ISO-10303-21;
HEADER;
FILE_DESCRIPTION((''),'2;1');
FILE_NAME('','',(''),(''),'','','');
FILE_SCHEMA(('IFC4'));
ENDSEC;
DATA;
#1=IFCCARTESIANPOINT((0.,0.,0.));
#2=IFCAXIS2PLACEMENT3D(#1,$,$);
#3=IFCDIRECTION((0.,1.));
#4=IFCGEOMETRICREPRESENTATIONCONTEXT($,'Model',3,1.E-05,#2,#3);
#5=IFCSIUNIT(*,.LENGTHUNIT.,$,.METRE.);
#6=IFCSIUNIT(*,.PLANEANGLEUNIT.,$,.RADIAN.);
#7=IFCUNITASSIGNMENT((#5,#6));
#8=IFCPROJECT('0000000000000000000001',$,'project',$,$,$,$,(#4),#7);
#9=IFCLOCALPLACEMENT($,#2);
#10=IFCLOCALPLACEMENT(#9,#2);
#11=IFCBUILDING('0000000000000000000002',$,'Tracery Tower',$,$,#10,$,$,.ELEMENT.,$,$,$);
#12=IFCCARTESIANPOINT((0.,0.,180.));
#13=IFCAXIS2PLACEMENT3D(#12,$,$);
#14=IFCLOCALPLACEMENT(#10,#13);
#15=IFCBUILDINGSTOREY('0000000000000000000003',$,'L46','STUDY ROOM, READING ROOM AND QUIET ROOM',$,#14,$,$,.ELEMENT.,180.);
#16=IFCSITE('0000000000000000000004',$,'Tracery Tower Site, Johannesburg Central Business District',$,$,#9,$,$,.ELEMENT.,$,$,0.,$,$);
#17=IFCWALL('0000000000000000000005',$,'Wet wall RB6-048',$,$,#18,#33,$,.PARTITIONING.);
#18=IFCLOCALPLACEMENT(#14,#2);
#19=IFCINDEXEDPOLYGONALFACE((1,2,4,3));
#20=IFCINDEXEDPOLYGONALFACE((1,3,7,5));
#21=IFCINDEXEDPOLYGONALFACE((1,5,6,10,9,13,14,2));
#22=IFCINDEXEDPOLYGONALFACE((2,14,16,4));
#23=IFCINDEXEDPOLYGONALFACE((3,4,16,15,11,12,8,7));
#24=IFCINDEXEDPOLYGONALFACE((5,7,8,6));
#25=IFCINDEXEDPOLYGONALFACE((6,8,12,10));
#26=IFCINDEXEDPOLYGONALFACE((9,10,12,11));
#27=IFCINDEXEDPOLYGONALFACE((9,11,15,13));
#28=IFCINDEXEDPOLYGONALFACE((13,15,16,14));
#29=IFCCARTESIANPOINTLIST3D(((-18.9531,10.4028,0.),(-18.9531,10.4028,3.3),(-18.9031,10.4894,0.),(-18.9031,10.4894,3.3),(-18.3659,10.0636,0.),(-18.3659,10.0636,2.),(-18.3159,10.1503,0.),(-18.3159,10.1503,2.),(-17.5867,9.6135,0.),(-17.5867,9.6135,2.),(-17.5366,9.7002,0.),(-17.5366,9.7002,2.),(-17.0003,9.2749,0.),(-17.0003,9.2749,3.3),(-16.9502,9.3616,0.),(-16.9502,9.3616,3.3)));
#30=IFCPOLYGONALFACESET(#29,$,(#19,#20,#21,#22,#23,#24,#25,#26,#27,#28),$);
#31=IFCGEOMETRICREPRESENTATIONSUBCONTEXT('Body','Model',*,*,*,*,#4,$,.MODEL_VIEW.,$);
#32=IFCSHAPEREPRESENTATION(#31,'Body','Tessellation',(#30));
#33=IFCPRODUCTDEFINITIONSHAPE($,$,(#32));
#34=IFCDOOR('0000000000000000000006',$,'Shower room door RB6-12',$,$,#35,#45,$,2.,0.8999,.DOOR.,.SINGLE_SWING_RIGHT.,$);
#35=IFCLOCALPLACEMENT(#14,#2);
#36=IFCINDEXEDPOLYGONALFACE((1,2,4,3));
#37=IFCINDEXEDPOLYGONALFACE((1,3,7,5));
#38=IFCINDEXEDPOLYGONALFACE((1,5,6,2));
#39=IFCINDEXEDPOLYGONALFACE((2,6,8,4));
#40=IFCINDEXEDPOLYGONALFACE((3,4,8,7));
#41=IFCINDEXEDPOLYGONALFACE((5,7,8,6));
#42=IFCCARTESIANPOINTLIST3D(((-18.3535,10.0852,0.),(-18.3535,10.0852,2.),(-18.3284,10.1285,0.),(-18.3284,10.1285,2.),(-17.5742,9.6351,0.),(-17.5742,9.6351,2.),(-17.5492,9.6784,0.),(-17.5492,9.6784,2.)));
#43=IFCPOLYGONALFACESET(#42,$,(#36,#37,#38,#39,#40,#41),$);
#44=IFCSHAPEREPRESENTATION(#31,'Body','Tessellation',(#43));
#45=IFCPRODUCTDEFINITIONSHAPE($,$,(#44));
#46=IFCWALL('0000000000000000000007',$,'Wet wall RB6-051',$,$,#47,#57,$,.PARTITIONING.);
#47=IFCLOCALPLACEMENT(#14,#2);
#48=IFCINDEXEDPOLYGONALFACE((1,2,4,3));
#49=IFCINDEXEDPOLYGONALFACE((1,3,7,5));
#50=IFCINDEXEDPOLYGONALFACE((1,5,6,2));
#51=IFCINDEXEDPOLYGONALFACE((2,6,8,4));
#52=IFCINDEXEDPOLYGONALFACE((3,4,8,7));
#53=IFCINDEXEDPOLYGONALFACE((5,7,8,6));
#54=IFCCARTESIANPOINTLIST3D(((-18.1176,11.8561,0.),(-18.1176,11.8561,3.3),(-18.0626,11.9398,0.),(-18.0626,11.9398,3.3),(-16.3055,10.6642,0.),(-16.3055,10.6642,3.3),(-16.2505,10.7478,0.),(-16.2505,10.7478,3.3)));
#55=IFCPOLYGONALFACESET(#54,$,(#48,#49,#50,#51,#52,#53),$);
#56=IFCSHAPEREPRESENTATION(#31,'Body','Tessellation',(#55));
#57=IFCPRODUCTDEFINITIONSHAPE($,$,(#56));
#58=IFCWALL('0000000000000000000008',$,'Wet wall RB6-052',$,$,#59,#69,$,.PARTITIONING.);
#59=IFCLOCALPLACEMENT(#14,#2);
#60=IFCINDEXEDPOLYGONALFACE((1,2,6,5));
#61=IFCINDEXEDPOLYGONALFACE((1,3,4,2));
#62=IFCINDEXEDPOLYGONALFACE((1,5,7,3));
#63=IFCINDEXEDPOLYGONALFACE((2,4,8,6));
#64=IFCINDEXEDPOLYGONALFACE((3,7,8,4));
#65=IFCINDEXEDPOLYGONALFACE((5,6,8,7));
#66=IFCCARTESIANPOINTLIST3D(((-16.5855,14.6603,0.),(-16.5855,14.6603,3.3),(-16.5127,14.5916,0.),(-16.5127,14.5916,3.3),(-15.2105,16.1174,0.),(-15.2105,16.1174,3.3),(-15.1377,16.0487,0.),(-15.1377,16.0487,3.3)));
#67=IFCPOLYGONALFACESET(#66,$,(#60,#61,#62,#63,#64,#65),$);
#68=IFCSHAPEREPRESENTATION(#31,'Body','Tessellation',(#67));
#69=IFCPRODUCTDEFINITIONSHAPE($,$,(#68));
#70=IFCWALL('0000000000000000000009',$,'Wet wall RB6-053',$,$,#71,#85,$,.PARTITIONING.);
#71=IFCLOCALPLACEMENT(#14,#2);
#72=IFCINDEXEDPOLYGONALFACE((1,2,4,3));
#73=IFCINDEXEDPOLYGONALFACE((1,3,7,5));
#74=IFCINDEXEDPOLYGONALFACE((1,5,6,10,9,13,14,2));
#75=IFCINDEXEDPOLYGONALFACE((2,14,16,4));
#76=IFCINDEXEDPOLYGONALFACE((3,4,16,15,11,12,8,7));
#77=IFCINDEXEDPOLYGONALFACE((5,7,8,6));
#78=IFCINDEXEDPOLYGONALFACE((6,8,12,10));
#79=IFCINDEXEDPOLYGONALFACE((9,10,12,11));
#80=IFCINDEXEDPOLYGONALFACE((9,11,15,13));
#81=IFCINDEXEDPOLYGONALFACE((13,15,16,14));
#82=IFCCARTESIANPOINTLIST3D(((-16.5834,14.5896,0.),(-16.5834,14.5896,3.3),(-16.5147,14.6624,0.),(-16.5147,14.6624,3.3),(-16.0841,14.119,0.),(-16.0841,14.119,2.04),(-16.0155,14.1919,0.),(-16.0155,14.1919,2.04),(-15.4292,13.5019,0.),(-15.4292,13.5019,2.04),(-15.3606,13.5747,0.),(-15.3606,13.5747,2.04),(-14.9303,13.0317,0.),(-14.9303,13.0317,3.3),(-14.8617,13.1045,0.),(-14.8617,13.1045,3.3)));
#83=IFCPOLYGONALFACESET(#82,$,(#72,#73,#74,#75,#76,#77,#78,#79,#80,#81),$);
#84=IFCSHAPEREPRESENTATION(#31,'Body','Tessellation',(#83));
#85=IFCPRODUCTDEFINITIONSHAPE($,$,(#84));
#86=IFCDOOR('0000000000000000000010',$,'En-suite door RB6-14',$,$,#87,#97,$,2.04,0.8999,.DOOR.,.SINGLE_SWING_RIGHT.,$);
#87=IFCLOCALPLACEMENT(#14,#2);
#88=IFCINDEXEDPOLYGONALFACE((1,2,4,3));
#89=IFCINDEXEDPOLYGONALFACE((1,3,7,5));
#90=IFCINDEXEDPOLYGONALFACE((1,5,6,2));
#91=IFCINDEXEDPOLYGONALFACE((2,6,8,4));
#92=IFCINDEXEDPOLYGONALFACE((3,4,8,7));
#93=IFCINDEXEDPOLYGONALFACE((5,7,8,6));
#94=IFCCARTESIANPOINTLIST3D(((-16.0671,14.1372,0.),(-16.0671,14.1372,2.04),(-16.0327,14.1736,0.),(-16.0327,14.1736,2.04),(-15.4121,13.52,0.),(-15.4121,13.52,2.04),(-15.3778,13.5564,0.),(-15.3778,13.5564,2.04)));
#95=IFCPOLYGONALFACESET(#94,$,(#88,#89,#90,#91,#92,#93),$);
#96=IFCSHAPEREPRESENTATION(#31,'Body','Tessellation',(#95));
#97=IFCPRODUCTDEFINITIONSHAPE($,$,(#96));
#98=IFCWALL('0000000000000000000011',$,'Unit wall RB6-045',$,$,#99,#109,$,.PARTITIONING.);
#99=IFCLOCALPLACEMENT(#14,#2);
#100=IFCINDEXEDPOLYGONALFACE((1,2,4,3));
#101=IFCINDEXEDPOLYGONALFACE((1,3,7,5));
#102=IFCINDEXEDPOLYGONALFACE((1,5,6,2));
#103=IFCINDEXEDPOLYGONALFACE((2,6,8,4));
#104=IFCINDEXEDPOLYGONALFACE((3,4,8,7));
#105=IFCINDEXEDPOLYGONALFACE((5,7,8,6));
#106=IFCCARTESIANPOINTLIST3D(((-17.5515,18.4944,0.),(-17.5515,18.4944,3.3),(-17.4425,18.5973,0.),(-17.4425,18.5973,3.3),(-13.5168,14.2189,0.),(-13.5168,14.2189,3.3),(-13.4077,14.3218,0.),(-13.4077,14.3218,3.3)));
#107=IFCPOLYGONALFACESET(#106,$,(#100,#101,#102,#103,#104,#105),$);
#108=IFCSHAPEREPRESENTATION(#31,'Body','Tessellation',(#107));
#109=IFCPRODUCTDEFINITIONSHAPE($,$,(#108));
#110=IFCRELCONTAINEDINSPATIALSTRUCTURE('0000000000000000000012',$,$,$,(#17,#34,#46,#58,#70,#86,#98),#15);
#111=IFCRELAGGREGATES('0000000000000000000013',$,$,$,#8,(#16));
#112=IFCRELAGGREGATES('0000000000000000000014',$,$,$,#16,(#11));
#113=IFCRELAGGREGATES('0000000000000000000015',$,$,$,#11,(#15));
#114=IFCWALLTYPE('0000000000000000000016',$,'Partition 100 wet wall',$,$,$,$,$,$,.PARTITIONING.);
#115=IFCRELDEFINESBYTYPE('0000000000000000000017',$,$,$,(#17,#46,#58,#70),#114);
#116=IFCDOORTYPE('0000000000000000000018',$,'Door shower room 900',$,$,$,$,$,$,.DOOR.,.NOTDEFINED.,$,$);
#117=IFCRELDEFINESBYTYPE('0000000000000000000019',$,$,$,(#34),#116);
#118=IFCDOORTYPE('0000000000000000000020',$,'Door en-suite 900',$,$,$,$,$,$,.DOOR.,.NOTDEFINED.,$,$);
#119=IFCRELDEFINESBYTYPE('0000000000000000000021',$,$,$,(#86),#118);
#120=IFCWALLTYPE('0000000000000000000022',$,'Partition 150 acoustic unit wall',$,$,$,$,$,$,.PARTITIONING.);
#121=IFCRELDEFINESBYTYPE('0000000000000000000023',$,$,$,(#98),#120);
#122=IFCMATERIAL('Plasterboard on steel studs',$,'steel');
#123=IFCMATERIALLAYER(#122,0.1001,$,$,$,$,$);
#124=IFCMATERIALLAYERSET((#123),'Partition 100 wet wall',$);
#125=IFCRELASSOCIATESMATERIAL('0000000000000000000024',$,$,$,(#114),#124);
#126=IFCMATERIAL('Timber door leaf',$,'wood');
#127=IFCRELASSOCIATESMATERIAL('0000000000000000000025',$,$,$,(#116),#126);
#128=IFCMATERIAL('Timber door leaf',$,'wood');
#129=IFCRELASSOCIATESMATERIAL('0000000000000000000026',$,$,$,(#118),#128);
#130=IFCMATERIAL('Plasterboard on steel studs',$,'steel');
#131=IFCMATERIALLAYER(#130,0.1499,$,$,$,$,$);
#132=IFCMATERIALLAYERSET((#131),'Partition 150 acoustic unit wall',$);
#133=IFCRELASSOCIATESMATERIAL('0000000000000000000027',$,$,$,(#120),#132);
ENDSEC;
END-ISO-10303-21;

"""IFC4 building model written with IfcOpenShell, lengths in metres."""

from ifc_helpers import new_model, si_unit, direction, frame, frame_2d, origin, place, context, subcontext, project, spatial, rectangle, extrude, material, layer, layer_set, type_object, element, fill, save


model = new_model("IFC4")

# Units and contexts
model_context = context("Model", 3, precision=1e-05, world=origin(), true_north=direction((0.0, 1.0)))
body_context = subcontext(model_context, "Body", "Model", "MODEL_VIEW")
ifc_project = project(units=[si_unit("LENGTHUNIT", "METRE"), si_unit("PLANEANGLEUNIT", "RADIAN")], contexts=[model_context])

# Site, building, storey
site_placement = place(None, origin())
site = spatial("IfcSite", under=ifc_project, at=site_placement, Name="Tracery Tower Site, Johannesburg Central Business District", CompositionType="ELEMENT", RefElevation=0.0)
building_placement = place(site_placement, origin())
building = spatial("IfcBuilding", under=site, at=building_placement, Name="Tracery Tower", CompositionType="ELEMENT")
storey_placement = place(building_placement, frame((0.0, 0.0, 180.0)))
storey = spatial("IfcBuildingStorey", under=building, at=storey_placement, Name="L46", Description="STUDY ROOM, READING ROOM AND QUIET ROOM", CompositionType="ELEMENT", Elevation=180.0)

# Shared definitions
ifc_material_1 = material(Name="Plasterboard on steel studs", Category="steel")
ifc_layer_1 = layer(ifc_material_1, 0.1001)
ifc_layer_set_1 = layer_set([ifc_layer_1], Name="Partition 100 wet wall")
wall_type_1 = type_object("IfcWallType", Name="Partition 100 wet wall", PredefinedType="PARTITIONING", material=ifc_layer_set_1)

# Wall, opening, door
wall_1_placement = place(storey_placement, frame((-18.928, 10.446, 0.0), z_axis=(0.0, 0.0, 1.0), x_axis=(0.865942, -0.500144, 0.0)))
wall_1 = element("IfcWall", 1, at=wall_1_placement, inside=storey, type_object=wall_type_1, Name="Wet wall RB6-048", PredefinedType="PARTITIONING", context=body_context, shape_type="SweptSolid", body=[
    extrude(rectangle(XDim=2.2551, YDim=0.1001, at=frame_2d((1.1274, 0.0))), origin(), (0.0, 0.0, 1.0), 3.3),
])
opening_1_placement = place(wall_1_placement, frame((0.678, 0.0, 0.0)))
opening_1 = element("IfcOpeningElement", 2, at=opening_1_placement, cuts=wall_1, PredefinedType="OPENING", context=body_context, shape_type="SweptSolid", body=[
    extrude(rectangle(XDim=0.8999, YDim=2.0, at=frame_2d((0.45, 1.0))), frame((0.0, 0.05, 0.0), z_axis=(0.0, -1.0, 0.0), x_axis=(1.0, 0.0, 0.0)), (0.0, 0.0, 1.0), 0.1001),
])
ifc_material_2 = material(Name="Timber door leaf", Category="wood")
door_type_1 = type_object("IfcDoorType", Name="Door shower room 900", OperationType="NOTDEFINED", PredefinedType="DOOR", material=ifc_material_2)
door_1_placement = place(opening_1_placement, origin())
door_1 = element("IfcDoor", 3, at=door_1_placement, inside=storey, type_object=door_type_1, Name="Shower room door RB6-12", OperationType="SINGLE_SWING_RIGHT", OverallHeight=2.0, OverallWidth=0.8999, PredefinedType="DOOR", context=body_context, shape_type="SweptSolid", body=[
    extrude(rectangle(XDim=0.8999, YDim=2.0, at=frame_2d((0.45, 1.0))), frame((0.0, 0.0249, 0.0), z_axis=(0.0, -1.0, 0.0), x_axis=(1.0, 0.0, 0.0)), (0.0, 0.0, 1.0), 0.05),
])
fill(opening_1, door_1)

# Walls
wall_2_placement = place(storey_placement, frame((-18.0901, 11.8979, 0.0), z_axis=(0.0, 0.0, 1.0), x_axis=(0.835463, -0.549546, 0.0)))
element("IfcWall", 4, at=wall_2_placement, inside=storey, type_object=wall_type_1, Name="Wet wall RB6-051", PredefinedType="PARTITIONING", context=body_context, shape_type="SweptSolid", body=[
    extrude(rectangle(XDim=2.1689, YDim=0.1001, at=frame_2d((1.0845, 0.0))), origin(), (0.0, 0.0, 1.0), 3.3),
])
wall_3_placement = place(storey_placement, frame((-16.5491, 14.626, 0.0), z_axis=(0.0, 0.0, 1.0), x_axis=(0.686337, 0.727283, 0.0)))
element("IfcWall", 5, at=wall_3_placement, inside=storey, type_object=wall_type_1, Name="Wet wall RB6-052", PredefinedType="PARTITIONING", context=body_context, shape_type="SweptSolid", body=[
    extrude(rectangle(XDim=2.0034, YDim=0.1001, at=frame_2d((1.0017, 0.0))), origin(), (0.0, 0.0, 1.0), 3.3),
])

# Wall, opening, door
wall_4_placement = place(storey_placement, frame((-16.5491, 14.626, 0.0), z_axis=(0.0, 0.0, 1.0), x_axis=(0.727755, -0.685837, 0.0)))
wall_4 = element("IfcWall", 6, at=wall_4_placement, inside=storey, type_object=wall_type_1, Name="Wet wall RB6-053", PredefinedType="PARTITIONING", context=body_context, shape_type="SweptSolid", body=[
    extrude(rectangle(XDim=2.2715, YDim=0.1001, at=frame_2d((1.1357, 0.0))), origin(), (0.0, 0.0, 1.0), 3.3),
])
opening_2_placement = place(wall_4_placement, frame((0.686, 0.0, 0.0)))
opening_2 = element("IfcOpeningElement", 7, at=opening_2_placement, cuts=wall_4, PredefinedType="OPENING", context=body_context, shape_type="SweptSolid", body=[
    extrude(rectangle(XDim=0.8999, YDim=2.04, at=frame_2d((0.45, 1.02))), frame((0.0, 0.05, 0.0), z_axis=(0.0, -1.0, 0.0), x_axis=(1.0, 0.0, 0.0)), (0.0, 0.0, 1.0), 0.1001),
])
ifc_material_3 = material(Name="Timber door leaf", Category="wood")
door_type_2 = type_object("IfcDoorType", Name="Door en-suite 900", OperationType="NOTDEFINED", PredefinedType="DOOR", material=ifc_material_3)
door_2_placement = place(opening_2_placement, origin())
door_2 = element("IfcDoor", 8, at=door_2_placement, inside=storey, type_object=door_type_2, Name="En-suite door RB6-14", OperationType="SINGLE_SWING_RIGHT", OverallHeight=2.04, OverallWidth=0.8999, PredefinedType="DOOR", context=body_context, shape_type="SweptSolid", body=[
    extrude(rectangle(XDim=0.8999, YDim=2.04, at=frame_2d((0.45, 1.02))), frame((0.0, 0.0249, 0.0), z_axis=(0.0, -1.0, 0.0), x_axis=(1.0, 0.0, 0.0)), (0.0, 0.0, 1.0), 0.05),
])
fill(opening_2, door_2)

# Wall
ifc_material_4 = material(Name="Plasterboard on steel studs", Category="steel")
ifc_layer_2 = layer(ifc_material_4, 0.1499)
ifc_layer_set_2 = layer_set([ifc_layer_2], Name="Partition 150 acoustic unit wall")
wall_type_2 = type_object("IfcWallType", Name="Partition 150 acoustic unit wall", PredefinedType="PARTITIONING", material=ifc_layer_set_2)
wall_5_placement = place(storey_placement, frame((-17.4971, 18.5459, 0.0), z_axis=(0.0, 0.0, 1.0), x_axis=(0.686336, -0.727285, 0.0)))
element("IfcWall", 9, at=wall_5_placement, inside=storey, type_object=wall_type_2, Name="Unit wall RB6-045", PredefinedType="PARTITIONING", context=body_context, shape_type="SweptSolid", body=[
    extrude(rectangle(XDim=5.8787, YDim=0.1499, at=frame_2d((2.9395, 0.0))), origin(), (0.0, 0.0, 1.0), 3.3),
])

save(model, "model.ifc")
